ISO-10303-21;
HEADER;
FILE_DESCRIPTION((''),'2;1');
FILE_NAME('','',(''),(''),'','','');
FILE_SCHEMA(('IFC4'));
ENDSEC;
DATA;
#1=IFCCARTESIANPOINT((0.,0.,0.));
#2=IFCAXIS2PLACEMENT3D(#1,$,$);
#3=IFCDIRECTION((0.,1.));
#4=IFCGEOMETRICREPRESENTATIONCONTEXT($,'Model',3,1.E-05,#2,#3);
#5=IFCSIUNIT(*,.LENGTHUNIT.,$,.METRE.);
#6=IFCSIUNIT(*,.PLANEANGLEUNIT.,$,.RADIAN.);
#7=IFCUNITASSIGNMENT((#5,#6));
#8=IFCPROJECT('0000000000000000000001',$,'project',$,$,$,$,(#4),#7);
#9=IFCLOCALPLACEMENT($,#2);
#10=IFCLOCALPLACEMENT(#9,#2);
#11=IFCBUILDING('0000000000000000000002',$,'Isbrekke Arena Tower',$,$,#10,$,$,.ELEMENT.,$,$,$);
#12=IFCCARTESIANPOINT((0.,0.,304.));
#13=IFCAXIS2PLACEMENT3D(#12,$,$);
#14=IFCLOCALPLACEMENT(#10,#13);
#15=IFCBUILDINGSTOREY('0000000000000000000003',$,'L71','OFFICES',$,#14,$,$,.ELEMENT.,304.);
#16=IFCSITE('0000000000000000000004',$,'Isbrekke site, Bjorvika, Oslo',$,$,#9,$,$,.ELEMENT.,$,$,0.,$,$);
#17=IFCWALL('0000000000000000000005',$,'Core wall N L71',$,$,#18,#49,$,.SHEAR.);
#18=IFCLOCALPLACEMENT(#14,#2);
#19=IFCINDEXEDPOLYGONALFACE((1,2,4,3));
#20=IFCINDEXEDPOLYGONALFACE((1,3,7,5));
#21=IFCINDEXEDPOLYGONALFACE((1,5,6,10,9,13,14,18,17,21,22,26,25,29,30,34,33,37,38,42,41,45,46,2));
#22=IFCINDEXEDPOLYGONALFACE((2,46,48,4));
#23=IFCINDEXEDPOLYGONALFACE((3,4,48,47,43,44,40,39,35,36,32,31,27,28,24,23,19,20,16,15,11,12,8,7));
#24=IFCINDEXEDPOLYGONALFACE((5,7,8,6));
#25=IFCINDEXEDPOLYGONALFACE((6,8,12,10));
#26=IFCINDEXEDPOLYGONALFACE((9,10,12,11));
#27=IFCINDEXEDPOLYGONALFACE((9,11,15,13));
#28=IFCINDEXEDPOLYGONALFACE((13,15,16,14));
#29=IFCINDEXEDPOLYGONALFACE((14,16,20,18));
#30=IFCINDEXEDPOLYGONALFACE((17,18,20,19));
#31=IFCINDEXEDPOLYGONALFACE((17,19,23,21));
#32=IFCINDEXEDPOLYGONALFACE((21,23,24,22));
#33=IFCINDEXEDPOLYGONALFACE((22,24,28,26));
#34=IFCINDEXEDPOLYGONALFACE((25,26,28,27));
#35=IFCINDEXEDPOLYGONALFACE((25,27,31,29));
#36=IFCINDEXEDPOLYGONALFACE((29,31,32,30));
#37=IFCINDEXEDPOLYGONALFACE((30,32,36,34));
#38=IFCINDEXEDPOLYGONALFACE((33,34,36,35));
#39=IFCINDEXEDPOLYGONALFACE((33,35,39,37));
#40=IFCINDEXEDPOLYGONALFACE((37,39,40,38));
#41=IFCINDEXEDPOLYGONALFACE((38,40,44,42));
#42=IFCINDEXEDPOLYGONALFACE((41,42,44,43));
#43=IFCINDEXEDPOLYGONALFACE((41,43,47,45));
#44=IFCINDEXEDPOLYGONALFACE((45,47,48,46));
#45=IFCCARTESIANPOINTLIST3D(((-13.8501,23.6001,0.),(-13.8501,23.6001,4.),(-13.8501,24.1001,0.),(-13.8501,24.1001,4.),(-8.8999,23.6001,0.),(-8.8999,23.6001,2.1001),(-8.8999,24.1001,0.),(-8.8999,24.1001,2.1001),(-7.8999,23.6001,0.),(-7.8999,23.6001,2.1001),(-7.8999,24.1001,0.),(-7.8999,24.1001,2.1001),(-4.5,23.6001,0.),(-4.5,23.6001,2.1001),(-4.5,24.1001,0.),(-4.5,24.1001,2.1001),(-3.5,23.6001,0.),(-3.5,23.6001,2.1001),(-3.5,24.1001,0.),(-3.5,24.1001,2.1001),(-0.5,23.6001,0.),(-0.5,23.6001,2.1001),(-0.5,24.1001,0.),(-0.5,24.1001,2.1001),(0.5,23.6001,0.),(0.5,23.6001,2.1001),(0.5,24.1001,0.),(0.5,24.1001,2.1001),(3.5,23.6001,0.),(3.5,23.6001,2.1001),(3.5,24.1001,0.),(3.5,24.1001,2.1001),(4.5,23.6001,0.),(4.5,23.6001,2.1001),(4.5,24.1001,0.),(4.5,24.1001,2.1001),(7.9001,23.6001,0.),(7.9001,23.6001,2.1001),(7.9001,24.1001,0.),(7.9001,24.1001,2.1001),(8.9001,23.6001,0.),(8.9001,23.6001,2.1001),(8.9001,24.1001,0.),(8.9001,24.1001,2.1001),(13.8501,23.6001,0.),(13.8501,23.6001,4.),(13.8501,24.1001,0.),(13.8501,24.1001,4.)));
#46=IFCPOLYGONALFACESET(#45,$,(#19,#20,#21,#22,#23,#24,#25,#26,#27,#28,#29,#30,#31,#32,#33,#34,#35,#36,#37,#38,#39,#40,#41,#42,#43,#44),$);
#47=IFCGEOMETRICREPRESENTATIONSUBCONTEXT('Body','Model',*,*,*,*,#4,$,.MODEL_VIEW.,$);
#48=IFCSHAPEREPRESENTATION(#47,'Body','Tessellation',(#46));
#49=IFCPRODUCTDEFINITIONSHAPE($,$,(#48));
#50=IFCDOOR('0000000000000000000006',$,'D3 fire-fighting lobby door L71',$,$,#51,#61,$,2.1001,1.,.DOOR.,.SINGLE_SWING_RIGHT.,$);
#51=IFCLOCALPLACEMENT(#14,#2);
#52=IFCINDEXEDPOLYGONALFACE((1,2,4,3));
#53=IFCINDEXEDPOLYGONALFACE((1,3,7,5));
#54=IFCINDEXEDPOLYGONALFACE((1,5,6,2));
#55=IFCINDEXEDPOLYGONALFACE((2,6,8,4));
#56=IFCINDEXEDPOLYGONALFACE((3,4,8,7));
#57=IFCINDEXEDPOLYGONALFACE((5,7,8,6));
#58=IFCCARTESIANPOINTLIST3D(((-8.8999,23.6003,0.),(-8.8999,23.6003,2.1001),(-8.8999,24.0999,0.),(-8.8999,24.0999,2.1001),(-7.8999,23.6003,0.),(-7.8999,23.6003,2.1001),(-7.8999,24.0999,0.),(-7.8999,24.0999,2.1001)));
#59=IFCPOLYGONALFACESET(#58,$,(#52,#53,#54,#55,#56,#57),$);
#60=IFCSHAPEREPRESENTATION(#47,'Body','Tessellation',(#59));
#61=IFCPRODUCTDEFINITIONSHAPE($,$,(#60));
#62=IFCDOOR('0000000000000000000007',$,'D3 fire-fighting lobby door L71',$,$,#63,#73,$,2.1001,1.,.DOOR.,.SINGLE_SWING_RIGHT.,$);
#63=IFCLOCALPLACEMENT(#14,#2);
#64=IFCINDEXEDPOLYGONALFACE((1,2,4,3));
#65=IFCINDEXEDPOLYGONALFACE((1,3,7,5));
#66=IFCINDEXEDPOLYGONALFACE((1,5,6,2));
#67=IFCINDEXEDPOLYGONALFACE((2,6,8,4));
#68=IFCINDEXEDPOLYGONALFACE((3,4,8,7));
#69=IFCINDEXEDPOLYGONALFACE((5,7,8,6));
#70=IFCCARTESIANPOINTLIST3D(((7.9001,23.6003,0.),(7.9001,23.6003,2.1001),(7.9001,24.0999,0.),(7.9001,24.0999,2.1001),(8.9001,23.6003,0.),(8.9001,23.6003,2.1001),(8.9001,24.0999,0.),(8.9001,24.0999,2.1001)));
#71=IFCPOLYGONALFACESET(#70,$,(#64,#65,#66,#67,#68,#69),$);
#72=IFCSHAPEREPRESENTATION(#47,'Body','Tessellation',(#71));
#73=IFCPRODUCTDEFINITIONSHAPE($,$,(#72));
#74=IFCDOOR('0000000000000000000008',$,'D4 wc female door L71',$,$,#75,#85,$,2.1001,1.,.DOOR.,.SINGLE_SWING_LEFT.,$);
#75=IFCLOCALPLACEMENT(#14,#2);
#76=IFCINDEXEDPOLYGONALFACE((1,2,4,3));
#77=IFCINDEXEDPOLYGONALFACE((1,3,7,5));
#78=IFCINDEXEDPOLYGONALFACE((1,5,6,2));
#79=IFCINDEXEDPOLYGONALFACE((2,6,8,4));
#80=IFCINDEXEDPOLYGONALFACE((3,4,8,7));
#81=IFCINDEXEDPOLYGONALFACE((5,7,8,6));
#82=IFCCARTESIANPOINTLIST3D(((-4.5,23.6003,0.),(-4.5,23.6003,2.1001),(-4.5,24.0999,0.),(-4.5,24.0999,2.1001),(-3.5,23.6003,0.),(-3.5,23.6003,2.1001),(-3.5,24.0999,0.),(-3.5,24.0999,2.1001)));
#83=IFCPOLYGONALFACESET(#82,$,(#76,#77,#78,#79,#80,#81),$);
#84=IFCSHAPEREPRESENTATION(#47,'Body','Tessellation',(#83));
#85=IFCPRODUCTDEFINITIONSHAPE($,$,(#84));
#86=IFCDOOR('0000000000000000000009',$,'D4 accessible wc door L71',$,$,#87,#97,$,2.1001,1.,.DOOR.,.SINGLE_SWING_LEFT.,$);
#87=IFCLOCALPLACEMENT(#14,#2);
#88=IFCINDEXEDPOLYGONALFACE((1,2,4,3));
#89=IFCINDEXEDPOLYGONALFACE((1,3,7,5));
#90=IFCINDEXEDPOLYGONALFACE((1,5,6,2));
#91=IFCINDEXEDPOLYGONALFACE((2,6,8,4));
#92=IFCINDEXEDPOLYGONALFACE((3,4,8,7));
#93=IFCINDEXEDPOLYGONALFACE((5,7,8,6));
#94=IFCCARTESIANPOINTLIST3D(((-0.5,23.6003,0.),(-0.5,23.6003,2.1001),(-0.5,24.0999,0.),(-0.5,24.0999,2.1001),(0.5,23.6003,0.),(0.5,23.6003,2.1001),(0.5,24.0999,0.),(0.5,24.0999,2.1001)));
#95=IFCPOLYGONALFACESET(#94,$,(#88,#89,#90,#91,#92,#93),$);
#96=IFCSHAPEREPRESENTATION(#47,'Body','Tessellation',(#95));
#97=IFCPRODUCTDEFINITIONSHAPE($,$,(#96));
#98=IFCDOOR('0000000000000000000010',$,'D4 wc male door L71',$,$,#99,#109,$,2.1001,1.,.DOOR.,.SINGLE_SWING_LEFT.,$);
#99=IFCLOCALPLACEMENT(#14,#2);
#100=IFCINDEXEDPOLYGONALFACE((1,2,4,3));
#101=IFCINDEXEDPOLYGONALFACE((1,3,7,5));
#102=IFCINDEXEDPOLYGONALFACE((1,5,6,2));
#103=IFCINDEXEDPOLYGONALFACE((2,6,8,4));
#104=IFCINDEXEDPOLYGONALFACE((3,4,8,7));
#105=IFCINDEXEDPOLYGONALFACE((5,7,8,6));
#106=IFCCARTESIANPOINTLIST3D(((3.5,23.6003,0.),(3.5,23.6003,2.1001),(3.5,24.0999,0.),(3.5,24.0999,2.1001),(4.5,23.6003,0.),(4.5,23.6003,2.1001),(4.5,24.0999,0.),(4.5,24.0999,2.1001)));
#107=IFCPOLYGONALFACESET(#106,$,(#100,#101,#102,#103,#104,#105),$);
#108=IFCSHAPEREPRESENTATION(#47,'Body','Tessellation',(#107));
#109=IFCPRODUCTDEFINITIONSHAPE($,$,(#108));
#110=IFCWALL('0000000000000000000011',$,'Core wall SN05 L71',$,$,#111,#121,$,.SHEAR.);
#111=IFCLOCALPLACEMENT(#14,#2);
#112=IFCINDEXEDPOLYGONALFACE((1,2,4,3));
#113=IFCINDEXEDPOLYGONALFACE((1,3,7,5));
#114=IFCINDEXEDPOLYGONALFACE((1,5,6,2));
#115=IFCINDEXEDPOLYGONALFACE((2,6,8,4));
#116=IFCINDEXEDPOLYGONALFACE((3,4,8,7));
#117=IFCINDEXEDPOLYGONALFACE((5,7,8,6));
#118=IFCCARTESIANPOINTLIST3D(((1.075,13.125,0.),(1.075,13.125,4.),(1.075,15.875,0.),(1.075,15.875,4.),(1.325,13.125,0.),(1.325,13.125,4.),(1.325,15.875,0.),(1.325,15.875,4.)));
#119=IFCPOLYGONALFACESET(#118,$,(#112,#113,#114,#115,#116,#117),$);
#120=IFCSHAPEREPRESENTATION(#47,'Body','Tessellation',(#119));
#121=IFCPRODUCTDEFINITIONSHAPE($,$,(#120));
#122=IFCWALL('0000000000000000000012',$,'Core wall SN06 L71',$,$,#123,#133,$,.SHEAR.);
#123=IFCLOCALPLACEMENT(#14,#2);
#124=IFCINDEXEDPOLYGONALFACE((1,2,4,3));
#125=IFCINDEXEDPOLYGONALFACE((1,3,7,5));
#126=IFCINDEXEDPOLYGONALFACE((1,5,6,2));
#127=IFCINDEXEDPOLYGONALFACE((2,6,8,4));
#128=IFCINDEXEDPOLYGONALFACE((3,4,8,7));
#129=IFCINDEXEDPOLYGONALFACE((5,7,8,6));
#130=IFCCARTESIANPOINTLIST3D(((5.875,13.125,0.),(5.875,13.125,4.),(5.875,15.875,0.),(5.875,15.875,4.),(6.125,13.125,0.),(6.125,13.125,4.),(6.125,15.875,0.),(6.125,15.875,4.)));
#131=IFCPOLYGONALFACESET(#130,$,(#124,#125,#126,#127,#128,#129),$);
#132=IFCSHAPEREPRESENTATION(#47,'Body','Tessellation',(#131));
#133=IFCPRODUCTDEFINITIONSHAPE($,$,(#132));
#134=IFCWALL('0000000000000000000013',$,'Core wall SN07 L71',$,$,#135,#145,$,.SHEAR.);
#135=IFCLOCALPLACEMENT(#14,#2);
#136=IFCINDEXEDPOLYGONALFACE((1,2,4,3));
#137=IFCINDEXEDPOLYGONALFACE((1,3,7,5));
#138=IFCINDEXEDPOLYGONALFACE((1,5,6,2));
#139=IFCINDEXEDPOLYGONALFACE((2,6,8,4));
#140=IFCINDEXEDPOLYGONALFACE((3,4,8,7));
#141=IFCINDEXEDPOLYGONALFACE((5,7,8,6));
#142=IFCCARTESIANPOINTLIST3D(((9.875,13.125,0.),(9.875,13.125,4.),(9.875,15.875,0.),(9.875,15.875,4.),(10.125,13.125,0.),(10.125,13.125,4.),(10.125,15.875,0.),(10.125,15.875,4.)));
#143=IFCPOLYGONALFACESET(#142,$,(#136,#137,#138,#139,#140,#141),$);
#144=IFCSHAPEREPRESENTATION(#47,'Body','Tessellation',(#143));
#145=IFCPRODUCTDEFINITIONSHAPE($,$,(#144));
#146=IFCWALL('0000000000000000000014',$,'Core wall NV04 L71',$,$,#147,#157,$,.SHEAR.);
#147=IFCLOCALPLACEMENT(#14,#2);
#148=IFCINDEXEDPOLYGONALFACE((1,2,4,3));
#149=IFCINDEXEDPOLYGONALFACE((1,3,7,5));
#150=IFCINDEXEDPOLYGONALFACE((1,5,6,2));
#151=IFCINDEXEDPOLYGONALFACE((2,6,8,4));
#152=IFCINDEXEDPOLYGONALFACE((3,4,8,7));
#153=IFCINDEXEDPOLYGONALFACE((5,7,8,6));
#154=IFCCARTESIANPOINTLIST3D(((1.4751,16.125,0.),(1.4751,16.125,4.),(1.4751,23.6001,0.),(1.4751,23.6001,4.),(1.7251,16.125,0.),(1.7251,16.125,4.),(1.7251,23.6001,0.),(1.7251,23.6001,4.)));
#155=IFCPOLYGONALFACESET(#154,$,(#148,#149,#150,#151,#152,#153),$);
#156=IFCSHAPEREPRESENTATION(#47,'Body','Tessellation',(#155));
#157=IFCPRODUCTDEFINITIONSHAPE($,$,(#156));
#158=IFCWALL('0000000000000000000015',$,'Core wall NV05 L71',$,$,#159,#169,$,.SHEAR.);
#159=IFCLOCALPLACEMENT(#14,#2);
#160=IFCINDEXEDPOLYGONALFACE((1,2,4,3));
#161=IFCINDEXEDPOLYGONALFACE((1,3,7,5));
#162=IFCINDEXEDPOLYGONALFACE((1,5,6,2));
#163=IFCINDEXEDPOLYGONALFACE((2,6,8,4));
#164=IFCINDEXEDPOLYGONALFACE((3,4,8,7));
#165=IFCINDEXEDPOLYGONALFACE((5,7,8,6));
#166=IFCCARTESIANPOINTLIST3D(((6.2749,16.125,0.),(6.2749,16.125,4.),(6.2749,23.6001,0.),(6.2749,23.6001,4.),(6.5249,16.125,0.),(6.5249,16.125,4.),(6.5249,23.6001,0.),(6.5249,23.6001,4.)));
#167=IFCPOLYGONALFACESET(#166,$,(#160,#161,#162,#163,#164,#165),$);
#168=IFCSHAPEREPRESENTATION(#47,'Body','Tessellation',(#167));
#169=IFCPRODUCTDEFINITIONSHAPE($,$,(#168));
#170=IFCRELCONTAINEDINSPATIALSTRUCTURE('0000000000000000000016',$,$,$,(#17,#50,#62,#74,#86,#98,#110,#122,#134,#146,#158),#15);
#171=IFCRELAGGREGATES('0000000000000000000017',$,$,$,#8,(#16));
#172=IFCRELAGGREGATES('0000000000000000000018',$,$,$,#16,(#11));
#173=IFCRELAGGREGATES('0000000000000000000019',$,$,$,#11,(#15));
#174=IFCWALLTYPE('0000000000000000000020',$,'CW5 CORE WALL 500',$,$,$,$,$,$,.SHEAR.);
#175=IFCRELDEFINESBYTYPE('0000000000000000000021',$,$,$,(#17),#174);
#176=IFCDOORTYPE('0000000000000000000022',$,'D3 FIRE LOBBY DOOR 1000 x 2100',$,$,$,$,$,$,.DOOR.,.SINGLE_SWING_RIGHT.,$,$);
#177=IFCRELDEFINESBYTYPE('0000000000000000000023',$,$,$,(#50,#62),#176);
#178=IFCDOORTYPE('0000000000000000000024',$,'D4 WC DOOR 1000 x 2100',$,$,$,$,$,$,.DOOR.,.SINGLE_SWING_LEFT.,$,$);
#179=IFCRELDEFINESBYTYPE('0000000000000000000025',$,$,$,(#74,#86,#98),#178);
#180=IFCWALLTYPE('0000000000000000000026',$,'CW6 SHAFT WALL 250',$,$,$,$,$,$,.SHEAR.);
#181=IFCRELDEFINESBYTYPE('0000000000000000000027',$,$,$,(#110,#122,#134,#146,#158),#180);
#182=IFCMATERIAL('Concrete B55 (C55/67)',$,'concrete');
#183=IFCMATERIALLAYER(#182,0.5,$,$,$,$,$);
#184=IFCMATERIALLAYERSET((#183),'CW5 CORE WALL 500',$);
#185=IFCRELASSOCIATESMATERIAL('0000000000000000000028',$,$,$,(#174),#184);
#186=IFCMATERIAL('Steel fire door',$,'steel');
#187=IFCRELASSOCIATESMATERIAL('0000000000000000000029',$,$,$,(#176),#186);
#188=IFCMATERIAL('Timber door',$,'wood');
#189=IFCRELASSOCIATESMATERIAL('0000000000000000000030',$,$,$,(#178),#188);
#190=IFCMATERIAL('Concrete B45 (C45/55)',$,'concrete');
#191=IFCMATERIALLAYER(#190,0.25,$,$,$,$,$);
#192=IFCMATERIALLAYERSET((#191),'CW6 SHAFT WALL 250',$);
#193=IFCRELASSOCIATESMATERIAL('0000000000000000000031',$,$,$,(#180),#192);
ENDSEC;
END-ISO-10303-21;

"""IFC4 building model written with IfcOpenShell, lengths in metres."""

from ifc_helpers import new_model, si_unit, direction, frame, frame_2d, origin, place, context, subcontext, project, spatial, rectangle, extrude, material, layer, layer_set, type_object, element, fill, save


model = new_model("IFC4")

# Units and contexts
model_context = context("Model", 3, precision=1e-05, world=origin(), true_north=direction((0.0, 1.0)))
body_context = subcontext(model_context, "Body", "Model", "MODEL_VIEW")
ifc_project = project(units=[si_unit("LENGTHUNIT", "METRE"), si_unit("PLANEANGLEUNIT", "RADIAN")], contexts=[model_context])

# Site, building, storey
site_placement = place(None, origin())
site = spatial("IfcSite", under=ifc_project, at=site_placement, Name="Isbrekke site, Bjorvika, Oslo", CompositionType="ELEMENT", RefElevation=0.0)
building_placement = place(site_placement, origin())
building = spatial("IfcBuilding", under=site, at=building_placement, Name="Isbrekke Arena Tower", CompositionType="ELEMENT")
storey_placement = place(building_placement, frame((0.0, 0.0, 304.0)))
storey = spatial("IfcBuildingStorey", under=building, at=storey_placement, Name="L71", Description="OFFICES", CompositionType="ELEMENT", Elevation=304.0)

# Wall, openings, doors
ifc_material_1 = material(Name="Concrete B55 (C55/67)", Category="concrete")
ifc_layer_1 = layer(ifc_material_1, 0.5)
ifc_layer_set_1 = layer_set([ifc_layer_1], Name="CW5 CORE WALL 500")
wall_type_1 = type_object("IfcWallType", Name="CW5 CORE WALL 500", PredefinedType="SHEAR", material=ifc_layer_set_1)
wall_1_placement = place(storey_placement, frame((13.8501, 23.8501, 0.0), z_axis=(0.0, 0.0, 1.0), x_axis=(-1.0, 0.0, 0.0)))
wall_1 = element("IfcWall", 1, at=wall_1_placement, inside=storey, type_object=wall_type_1, Name="Core wall N L71", PredefinedType="SHEAR", context=body_context, shape_type="SweptSolid", body=[
    extrude(rectangle(XDim=27.7002, YDim=0.5, at=frame_2d((13.8501, 0.0))), origin(), (0.0, 0.0, 1.0), 4.0),
])
opening_1_placement = place(wall_1_placement, frame((21.75, 0.0, 0.0)))
opening_1 = element("IfcOpeningElement", 2, at=opening_1_placement, cuts=wall_1, PredefinedType="OPENING", context=body_context, shape_type="SweptSolid", body=[
    extrude(rectangle(XDim=1.0, YDim=2.1001, at=frame_2d((0.5, 1.05))), frame((0.0, 0.2649, 0.0), z_axis=(0.0, -1.0, 0.0), x_axis=(1.0, 0.0, 0.0)), (0.0, 0.0, 1.0), 0.5298),
])
opening_2_placement = place(wall_1_placement, frame((4.95, 0.0, 0.0)))
opening_2 = element("IfcOpeningElement", 3, at=opening_2_placement, cuts=wall_1, PredefinedType="OPENING", context=body_context, shape_type="SweptSolid", body=[
    extrude(rectangle(XDim=1.0, YDim=2.1001, at=frame_2d((0.5, 1.05))), frame((0.0, 0.2649, 0.0), z_axis=(0.0, -1.0, 0.0), x_axis=(1.0, 0.0, 0.0)), (0.0, 0.0, 1.0), 0.5298),
])
opening_3_placement = place(wall_1_placement, frame((17.3501, 0.0, 0.0)))
opening_3 = element("IfcOpeningElement", 4, at=opening_3_placement, cuts=wall_1, PredefinedType="OPENING", context=body_context, shape_type="SweptSolid", body=[
    extrude(rectangle(XDim=1.0, YDim=2.1001, at=frame_2d((0.5, 1.05))), frame((0.0, 0.2649, 0.0), z_axis=(0.0, -1.0, 0.0), x_axis=(1.0, 0.0, 0.0)), (0.0, 0.0, 1.0), 0.5298),
])
opening_4_placement = place(wall_1_placement, frame((13.3501, 0.0, 0.0)))
opening_4 = element("IfcOpeningElement", 5, at=opening_4_placement, cuts=wall_1, PredefinedType="OPENING", context=body_context, shape_type="SweptSolid", body=[
    extrude(rectangle(XDim=1.0, YDim=2.1001, at=frame_2d((0.5, 1.05))), frame((0.0, 0.2649, 0.0), z_axis=(0.0, -1.0, 0.0), x_axis=(1.0, 0.0, 0.0)), (0.0, 0.0, 1.0), 0.5298),
])
opening_5_placement = place(wall_1_placement, frame((9.3501, 0.0, 0.0)))
opening_5 = element("IfcOpeningElement", 6, at=opening_5_placement, cuts=wall_1, PredefinedType="OPENING", context=body_context, shape_type="SweptSolid", body=[
    extrude(rectangle(XDim=1.0, YDim=2.1001, at=frame_2d((0.5, 1.05))), frame((0.0, 0.2649, 0.0), z_axis=(0.0, -1.0, 0.0), x_axis=(1.0, 0.0, 0.0)), (0.0, 0.0, 1.0), 0.5298),
])
ifc_material_2 = material(Name="Steel fire door", Category="steel")
door_type_1 = type_object("IfcDoorType", Name="D3 FIRE LOBBY DOOR 1000 x 2100", OperationType="SINGLE_SWING_RIGHT", PredefinedType="DOOR", material=ifc_material_2)
door_1_placement = place(opening_1_placement, origin())
door_1 = element("IfcDoor", 7, at=door_1_placement, inside=storey, type_object=door_type_1, Name="D3 fire-fighting lobby door L71", OperationType="SINGLE_SWING_RIGHT", OverallHeight=2.1001, OverallWidth=1.0, PredefinedType="DOOR", context=body_context, shape_type="SweptSolid", body=[
    extrude(rectangle(XDim=1.0, YDim=2.1001, at=frame_2d((0.5, 1.05))), frame((0.0, 0.2498, 0.0), z_axis=(0.0, -1.0, 0.0), x_axis=(1.0, 0.0, 0.0)), (0.0, 0.0, 1.0), 0.4995),
])
fill(opening_1, door_1)
door_2_placement = place(opening_2_placement, origin())
door_2 = element("IfcDoor", 8, at=door_2_placement, inside=storey, type_object=door_type_1, Name="D3 fire-fighting lobby door L71", OperationType="SINGLE_SWING_RIGHT", OverallHeight=2.1001, OverallWidth=1.0, PredefinedType="DOOR", context=body_context, shape_type="SweptSolid", body=[
    extrude(rectangle(XDim=1.0, YDim=2.1001, at=frame_2d((0.5, 1.05))), frame((0.0, 0.2498, 0.0), z_axis=(0.0, -1.0, 0.0), x_axis=(1.0, 0.0, 0.0)), (0.0, 0.0, 1.0), 0.4995),
])
fill(opening_2, door_2)
ifc_material_3 = material(Name="Timber door", Category="wood")
door_type_2 = type_object("IfcDoorType", Name="D4 WC DOOR 1000 x 2100", OperationType="SINGLE_SWING_LEFT", PredefinedType="DOOR", material=ifc_material_3)
door_3_placement = place(opening_3_placement, origin())
door_3 = element("IfcDoor", 9, at=door_3_placement, inside=storey, type_object=door_type_2, Name="D4 wc female door L71", OperationType="SINGLE_SWING_LEFT", OverallHeight=2.1001, OverallWidth=1.0, PredefinedType="DOOR", context=body_context, shape_type="SweptSolid", body=[
    extrude(rectangle(XDim=1.0, YDim=2.1001, at=frame_2d((0.5, 1.05))), frame((0.0, 0.2498, 0.0), z_axis=(0.0, -1.0, 0.0), x_axis=(1.0, 0.0, 0.0)), (0.0, 0.0, 1.0), 0.4995),
])
fill(opening_3, door_3)
door_4_placement = place(opening_4_placement, origin())
door_4 = element("IfcDoor", 10, at=door_4_placement, inside=storey, type_object=door_type_2, Name="D4 accessible wc door L71", OperationType="SINGLE_SWING_LEFT", OverallHeight=2.1001, OverallWidth=1.0, PredefinedType="DOOR", context=body_context, shape_type="SweptSolid", body=[
    extrude(rectangle(XDim=1.0, YDim=2.1001, at=frame_2d((0.5, 1.05))), frame((0.0, 0.2498, 0.0), z_axis=(0.0, -1.0, 0.0), x_axis=(1.0, 0.0, 0.0)), (0.0, 0.0, 1.0), 0.4995),
])
fill(opening_4, door_4)
door_5_placement = place(opening_5_placement, origin())
door_5 = element("IfcDoor", 11, at=door_5_placement, inside=storey, type_object=door_type_2, Name="D4 wc male door L71", OperationType="SINGLE_SWING_LEFT", OverallHeight=2.1001, OverallWidth=1.0, PredefinedType="DOOR", context=body_context, shape_type="SweptSolid", body=[
    extrude(rectangle(XDim=1.0, YDim=2.1001, at=frame_2d((0.5, 1.05))), frame((0.0, 0.2498, 0.0), z_axis=(0.0, -1.0, 0.0), x_axis=(1.0, 0.0, 0.0)), (0.0, 0.0, 1.0), 0.4995),
])
fill(opening_5, door_5)

# Walls
ifc_material_4 = material(Name="Concrete B45 (C45/55)", Category="concrete")
ifc_layer_2 = layer(ifc_material_4, 0.25)
ifc_layer_set_2 = layer_set([ifc_layer_2], Name="CW6 SHAFT WALL 250")
wall_type_2 = type_object("IfcWallType", Name="CW6 SHAFT WALL 250", PredefinedType="SHEAR", material=ifc_layer_set_2)
for number, where, z_axis, x_axis, name in (
    (12, (1.2, 13.125, 0.0), (0.0, 0.0, 1.0), (0.0, 1.0, 0.0), "Core wall SN05 L71"),
    (13, (6.0, 13.125, 0.0), (0.0, 0.0, 1.0), (0.0, 1.0, 0.0), "Core wall SN06 L71"),
    (14, (10.0, 13.125, 0.0), (0.0, 0.0, 1.0), (0.0, 1.0, 0.0), "Core wall SN07 L71"),
):
    element("IfcWall", number, at=place(storey_placement, frame(where, z_axis=z_axis, x_axis=x_axis)), inside=storey, type_object=wall_type_2, Name=name, PredefinedType="SHEAR", context=body_context, shape_type="SweptSolid", body=[
        extrude(rectangle(XDim=2.75, YDim=0.25, at=frame_2d((1.375, 0.0))), origin(), (0.0, 0.0, 1.0), 4.0),
    ])
for number, where, z_axis, x_axis, name in (
    (15, (1.6001, 16.125, 0.0), (0.0, 0.0, 1.0), (0.0, 1.0, 0.0), "Core wall NV04 L71"),
    (16, (6.3999, 16.125, 0.0), (0.0, 0.0, 1.0), (0.0, 1.0, 0.0), "Core wall NV05 L71"),
):
    element("IfcWall", number, at=place(storey_placement, frame(where, z_axis=z_axis, x_axis=x_axis)), inside=storey, type_object=wall_type_2, Name=name, PredefinedType="SHEAR", context=body_context, shape_type="SweptSolid", body=[
        extrude(rectangle(XDim=7.4751, YDim=0.25, at=frame_2d((3.7375, 0.0))), origin(), (0.0, 0.0, 1.0), 4.0),
    ])

save(model, "model.ifc")
